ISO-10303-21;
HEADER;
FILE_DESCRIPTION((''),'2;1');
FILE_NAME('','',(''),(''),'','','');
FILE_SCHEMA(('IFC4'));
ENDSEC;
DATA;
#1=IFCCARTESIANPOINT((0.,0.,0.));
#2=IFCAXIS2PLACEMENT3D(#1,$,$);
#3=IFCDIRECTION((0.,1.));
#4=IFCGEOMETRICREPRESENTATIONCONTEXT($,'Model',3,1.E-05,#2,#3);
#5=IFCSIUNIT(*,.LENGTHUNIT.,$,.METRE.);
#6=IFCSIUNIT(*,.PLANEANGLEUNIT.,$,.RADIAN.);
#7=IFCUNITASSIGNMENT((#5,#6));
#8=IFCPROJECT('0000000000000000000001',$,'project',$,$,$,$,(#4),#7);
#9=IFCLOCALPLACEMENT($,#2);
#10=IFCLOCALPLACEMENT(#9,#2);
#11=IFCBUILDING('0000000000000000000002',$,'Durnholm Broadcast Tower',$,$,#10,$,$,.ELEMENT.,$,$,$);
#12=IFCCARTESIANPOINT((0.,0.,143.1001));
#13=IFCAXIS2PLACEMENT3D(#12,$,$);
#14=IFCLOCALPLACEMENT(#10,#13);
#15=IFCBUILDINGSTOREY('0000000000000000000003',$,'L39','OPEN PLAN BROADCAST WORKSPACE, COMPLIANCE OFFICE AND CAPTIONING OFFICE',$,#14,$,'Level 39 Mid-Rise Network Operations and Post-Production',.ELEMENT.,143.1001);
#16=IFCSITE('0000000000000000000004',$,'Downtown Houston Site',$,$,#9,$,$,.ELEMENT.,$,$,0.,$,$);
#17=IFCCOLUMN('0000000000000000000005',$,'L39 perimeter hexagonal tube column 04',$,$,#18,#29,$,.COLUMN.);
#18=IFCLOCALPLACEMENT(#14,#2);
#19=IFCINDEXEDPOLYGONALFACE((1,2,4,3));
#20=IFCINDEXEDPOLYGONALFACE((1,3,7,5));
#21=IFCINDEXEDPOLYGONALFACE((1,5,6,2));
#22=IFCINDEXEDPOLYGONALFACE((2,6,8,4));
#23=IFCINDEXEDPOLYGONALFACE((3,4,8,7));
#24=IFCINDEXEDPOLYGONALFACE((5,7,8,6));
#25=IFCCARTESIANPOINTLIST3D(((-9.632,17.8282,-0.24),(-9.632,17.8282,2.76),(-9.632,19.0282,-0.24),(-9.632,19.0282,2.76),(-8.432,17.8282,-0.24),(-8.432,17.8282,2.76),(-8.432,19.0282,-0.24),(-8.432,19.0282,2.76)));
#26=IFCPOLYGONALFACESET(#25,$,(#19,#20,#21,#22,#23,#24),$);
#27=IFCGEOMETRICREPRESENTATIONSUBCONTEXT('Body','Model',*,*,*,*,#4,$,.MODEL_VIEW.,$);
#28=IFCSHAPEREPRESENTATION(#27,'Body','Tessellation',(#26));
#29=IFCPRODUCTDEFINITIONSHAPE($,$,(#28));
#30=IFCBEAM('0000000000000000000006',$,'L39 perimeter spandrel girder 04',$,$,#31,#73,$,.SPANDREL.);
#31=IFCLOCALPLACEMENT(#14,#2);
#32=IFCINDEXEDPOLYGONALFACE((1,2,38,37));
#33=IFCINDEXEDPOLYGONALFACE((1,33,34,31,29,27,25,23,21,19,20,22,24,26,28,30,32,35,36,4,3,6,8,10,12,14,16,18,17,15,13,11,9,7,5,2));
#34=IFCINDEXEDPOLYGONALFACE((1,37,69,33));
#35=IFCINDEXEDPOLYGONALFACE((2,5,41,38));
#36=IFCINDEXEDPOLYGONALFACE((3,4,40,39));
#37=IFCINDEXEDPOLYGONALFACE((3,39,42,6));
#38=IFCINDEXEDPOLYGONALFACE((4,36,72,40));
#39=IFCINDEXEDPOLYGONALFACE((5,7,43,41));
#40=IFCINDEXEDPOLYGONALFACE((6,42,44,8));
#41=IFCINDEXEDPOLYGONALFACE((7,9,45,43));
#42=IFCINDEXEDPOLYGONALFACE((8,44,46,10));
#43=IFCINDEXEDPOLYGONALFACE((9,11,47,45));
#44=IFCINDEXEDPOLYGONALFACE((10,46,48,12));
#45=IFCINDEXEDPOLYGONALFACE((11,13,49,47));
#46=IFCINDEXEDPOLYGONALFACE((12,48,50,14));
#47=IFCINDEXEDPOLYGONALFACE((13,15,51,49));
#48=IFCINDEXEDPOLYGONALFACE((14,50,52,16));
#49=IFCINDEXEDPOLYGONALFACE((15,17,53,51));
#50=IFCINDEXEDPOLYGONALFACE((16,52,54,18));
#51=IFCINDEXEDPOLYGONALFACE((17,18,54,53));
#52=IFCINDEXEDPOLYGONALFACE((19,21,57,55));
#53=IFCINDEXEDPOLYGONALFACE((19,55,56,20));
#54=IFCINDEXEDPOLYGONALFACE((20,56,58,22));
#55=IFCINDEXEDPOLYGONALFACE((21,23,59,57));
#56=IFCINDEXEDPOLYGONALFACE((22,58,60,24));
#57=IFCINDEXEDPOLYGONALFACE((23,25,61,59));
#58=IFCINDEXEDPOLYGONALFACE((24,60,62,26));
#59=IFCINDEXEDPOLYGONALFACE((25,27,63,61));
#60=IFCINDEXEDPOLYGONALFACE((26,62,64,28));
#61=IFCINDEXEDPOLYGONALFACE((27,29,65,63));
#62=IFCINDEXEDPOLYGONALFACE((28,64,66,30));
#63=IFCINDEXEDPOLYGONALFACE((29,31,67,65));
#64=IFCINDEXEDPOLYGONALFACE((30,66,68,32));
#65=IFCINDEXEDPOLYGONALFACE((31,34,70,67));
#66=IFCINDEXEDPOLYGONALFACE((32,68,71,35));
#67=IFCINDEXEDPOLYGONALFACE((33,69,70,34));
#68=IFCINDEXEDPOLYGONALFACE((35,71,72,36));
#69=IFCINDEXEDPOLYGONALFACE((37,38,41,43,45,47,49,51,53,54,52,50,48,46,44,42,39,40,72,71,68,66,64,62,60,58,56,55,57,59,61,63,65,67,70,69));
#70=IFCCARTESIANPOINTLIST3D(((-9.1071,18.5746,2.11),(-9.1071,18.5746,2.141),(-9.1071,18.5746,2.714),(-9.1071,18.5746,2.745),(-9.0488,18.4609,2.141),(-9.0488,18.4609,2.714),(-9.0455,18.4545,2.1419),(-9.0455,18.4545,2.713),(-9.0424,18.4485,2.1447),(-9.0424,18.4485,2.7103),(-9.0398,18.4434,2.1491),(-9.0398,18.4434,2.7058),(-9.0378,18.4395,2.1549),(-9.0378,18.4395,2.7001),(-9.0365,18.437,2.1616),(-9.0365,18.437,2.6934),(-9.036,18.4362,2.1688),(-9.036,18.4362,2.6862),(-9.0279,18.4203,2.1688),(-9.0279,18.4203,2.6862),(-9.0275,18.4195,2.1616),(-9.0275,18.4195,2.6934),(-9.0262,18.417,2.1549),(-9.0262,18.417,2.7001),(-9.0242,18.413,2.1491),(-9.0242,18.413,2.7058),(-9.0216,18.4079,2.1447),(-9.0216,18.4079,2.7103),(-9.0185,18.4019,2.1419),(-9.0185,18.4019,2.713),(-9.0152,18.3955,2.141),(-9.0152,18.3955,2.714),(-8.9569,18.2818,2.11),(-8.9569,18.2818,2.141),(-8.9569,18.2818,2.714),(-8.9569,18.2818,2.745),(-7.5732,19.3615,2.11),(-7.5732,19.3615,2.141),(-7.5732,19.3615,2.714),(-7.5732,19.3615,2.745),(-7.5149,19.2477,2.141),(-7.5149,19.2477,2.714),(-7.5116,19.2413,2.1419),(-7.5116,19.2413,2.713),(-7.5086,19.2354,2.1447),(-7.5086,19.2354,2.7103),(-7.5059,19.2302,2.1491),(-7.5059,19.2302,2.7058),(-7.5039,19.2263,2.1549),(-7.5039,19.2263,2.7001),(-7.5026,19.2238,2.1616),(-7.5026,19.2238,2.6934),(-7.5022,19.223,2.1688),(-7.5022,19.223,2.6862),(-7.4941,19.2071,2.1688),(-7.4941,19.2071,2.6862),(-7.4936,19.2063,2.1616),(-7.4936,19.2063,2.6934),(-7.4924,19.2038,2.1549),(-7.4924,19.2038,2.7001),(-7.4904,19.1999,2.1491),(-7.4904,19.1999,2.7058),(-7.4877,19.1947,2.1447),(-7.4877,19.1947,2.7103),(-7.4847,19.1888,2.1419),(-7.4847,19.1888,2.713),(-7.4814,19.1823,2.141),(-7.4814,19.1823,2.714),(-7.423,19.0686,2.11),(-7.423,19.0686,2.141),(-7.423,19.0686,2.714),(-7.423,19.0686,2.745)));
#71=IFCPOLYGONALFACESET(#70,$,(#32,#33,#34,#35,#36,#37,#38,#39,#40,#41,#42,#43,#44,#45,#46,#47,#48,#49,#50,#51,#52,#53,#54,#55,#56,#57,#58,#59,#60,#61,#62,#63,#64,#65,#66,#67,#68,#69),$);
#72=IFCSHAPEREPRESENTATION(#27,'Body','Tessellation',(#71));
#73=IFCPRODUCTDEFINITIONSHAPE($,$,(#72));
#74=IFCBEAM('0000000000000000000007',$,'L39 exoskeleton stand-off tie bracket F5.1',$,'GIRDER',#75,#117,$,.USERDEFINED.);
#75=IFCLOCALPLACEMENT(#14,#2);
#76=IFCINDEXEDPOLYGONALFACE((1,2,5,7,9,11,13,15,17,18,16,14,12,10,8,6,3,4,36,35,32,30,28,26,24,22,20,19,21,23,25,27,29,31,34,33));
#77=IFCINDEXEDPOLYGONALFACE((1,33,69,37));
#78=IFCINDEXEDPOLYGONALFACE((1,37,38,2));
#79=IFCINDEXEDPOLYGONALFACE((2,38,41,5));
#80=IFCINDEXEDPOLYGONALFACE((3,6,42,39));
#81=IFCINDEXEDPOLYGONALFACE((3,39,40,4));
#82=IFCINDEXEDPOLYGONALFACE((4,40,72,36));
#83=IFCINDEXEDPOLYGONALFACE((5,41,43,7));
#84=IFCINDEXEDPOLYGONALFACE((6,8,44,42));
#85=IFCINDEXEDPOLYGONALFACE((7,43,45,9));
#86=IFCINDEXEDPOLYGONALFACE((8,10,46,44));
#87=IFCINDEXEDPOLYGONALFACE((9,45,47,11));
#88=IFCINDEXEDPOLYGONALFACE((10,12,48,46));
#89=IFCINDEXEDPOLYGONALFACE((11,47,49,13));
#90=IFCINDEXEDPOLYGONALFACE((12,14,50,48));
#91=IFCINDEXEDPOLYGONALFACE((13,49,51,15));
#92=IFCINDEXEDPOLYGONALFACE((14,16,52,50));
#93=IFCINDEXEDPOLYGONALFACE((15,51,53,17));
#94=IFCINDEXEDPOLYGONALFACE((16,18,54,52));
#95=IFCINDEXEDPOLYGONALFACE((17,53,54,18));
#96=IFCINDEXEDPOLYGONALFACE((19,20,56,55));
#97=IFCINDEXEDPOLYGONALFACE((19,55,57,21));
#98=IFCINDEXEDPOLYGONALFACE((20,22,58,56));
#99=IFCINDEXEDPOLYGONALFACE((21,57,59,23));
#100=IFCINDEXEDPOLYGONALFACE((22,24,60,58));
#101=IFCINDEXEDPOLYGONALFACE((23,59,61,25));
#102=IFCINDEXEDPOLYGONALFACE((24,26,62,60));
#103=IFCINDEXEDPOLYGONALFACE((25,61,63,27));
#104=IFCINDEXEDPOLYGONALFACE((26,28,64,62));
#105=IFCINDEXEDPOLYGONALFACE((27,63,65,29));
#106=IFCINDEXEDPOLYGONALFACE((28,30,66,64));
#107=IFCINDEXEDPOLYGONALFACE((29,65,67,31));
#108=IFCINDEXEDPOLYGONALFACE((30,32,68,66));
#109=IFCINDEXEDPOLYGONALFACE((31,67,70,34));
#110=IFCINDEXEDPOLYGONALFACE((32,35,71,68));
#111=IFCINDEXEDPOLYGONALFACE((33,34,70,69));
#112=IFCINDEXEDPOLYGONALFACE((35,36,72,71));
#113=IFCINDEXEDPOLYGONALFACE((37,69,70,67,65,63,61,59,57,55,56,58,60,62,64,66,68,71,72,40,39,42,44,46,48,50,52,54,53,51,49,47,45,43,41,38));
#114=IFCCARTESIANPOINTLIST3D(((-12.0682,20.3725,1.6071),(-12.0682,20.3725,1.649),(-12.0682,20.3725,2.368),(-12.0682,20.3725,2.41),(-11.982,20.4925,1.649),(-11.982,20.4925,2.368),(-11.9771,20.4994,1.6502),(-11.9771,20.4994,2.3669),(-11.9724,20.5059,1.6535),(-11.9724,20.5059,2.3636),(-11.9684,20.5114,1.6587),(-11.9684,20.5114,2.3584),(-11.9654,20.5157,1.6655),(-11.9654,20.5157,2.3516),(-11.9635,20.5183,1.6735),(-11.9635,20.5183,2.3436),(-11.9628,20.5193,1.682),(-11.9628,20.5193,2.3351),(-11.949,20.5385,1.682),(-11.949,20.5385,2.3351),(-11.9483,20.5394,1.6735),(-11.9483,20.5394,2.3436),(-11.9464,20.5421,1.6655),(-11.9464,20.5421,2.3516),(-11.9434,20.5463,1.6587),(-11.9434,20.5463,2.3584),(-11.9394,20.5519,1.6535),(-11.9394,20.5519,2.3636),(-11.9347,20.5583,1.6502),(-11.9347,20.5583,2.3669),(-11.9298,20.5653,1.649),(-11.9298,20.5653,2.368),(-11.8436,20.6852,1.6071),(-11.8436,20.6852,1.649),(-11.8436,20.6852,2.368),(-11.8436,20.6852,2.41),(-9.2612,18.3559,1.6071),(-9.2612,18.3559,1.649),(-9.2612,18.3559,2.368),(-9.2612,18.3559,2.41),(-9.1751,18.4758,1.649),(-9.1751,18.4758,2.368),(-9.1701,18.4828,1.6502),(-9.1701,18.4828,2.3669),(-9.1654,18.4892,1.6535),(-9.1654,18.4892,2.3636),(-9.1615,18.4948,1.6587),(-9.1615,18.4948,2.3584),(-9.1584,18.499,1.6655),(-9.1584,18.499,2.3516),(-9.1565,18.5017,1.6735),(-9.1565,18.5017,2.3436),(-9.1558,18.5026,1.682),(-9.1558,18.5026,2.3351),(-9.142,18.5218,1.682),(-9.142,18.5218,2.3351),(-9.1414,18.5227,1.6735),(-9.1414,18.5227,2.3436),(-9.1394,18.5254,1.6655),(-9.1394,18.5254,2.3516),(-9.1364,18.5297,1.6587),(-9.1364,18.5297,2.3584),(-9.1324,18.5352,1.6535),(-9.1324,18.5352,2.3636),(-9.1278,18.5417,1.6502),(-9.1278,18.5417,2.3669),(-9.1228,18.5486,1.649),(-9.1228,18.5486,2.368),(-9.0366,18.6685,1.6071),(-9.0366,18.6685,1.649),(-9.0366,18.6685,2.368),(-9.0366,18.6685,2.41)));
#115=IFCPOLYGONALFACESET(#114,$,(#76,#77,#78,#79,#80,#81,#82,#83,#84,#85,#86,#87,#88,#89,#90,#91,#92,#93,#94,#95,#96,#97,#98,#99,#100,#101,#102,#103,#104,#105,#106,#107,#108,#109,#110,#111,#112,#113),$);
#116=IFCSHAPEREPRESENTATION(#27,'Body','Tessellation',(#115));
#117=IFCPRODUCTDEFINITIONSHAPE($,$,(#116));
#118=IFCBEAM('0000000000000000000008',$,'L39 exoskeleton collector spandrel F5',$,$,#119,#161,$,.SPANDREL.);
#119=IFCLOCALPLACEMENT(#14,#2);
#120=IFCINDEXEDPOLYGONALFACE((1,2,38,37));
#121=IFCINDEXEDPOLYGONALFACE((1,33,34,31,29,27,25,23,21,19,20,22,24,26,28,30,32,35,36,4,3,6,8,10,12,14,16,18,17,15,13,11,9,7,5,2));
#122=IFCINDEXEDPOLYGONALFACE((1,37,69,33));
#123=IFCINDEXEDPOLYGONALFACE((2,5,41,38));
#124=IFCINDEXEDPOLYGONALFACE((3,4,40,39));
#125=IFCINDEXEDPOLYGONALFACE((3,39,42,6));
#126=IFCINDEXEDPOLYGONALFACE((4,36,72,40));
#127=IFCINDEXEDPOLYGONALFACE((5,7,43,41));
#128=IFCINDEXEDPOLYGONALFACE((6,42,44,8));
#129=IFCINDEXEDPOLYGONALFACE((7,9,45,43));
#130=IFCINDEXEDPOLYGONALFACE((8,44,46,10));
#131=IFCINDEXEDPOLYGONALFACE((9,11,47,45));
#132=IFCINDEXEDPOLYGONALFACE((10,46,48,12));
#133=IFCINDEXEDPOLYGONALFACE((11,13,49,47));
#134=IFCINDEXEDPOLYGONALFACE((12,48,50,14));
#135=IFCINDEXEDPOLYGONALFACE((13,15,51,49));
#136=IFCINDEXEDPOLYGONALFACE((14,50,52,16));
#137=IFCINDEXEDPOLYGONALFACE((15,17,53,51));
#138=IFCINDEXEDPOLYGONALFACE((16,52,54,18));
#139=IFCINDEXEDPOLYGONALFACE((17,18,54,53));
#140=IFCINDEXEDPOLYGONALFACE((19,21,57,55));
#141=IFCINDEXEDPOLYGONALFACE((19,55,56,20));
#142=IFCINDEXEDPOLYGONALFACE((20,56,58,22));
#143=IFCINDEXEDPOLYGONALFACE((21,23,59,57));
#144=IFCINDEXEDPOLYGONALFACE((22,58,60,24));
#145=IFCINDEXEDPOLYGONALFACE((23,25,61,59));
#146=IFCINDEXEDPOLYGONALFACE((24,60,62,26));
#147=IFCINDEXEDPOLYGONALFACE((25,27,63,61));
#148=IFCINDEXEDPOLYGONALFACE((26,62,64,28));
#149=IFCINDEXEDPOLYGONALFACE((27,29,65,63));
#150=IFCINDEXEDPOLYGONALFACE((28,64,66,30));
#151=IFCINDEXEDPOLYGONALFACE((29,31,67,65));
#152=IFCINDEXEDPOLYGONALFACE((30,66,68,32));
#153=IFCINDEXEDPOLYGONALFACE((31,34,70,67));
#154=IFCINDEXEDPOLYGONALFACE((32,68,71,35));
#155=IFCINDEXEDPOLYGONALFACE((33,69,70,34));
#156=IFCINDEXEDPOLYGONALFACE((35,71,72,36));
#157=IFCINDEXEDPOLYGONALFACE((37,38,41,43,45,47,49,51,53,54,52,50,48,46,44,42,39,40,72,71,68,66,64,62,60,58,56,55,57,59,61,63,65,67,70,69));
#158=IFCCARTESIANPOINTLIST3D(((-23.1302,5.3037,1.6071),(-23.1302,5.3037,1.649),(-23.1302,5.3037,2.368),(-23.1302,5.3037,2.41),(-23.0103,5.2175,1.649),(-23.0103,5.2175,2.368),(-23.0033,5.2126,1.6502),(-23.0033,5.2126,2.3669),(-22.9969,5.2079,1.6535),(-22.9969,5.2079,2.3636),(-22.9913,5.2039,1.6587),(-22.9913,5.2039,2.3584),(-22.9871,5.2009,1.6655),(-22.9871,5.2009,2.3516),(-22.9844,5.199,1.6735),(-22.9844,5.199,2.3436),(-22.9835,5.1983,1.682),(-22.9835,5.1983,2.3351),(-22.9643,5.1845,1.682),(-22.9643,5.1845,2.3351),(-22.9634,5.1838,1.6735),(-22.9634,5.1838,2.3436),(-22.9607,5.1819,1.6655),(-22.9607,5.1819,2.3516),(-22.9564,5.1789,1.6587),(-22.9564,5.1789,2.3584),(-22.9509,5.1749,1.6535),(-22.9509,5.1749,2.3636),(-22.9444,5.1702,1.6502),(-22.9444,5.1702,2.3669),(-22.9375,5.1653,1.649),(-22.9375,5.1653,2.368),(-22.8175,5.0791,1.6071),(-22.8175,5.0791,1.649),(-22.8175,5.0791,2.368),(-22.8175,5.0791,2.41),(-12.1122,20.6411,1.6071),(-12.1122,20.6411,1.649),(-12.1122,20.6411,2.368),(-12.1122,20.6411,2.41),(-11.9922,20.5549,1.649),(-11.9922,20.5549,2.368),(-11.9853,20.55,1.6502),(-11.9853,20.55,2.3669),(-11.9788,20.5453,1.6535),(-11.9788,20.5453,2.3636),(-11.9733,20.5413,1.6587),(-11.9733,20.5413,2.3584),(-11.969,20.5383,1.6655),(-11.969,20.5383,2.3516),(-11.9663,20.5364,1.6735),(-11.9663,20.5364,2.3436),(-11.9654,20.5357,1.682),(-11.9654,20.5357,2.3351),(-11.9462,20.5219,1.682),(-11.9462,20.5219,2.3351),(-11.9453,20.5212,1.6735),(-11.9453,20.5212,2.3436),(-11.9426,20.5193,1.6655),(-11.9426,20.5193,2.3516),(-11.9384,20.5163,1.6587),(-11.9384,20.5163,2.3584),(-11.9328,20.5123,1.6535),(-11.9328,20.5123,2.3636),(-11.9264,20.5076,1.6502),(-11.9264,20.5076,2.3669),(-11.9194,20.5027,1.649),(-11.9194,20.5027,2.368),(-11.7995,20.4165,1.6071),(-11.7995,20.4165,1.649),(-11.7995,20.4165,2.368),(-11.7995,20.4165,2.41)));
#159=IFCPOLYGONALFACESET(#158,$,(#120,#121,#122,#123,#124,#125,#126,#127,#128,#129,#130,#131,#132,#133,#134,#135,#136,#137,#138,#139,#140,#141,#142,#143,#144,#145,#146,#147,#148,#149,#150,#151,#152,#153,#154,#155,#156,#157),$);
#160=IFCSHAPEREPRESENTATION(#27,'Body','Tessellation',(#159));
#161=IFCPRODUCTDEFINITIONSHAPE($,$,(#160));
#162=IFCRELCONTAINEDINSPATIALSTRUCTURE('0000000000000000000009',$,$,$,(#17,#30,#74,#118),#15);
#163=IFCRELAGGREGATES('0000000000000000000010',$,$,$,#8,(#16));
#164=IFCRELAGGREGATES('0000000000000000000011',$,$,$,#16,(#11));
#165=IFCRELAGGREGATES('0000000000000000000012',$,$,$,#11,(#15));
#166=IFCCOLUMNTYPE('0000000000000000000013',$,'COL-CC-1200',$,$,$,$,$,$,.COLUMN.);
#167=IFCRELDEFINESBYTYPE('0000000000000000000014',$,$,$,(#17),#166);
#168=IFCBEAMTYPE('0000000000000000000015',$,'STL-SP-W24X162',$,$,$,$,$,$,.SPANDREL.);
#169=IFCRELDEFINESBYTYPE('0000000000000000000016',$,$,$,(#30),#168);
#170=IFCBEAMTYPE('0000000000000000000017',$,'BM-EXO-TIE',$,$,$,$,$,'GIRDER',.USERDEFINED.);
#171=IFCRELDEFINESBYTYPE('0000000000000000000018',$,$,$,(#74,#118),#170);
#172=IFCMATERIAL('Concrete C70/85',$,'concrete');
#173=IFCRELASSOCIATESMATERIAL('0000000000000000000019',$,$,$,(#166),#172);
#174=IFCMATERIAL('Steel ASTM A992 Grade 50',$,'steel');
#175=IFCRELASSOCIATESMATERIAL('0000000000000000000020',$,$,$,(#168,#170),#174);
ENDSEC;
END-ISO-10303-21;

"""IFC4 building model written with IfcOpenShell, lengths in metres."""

from ifc_helpers import new_model, si_unit, direction, frame, origin, origin_2d, place, context, subcontext, project, spatial, rectangle, i_section, extrude, source, transform, mapped, material, material_profile, profile_set, type_object, type_shapes, element, save


model = new_model("IFC4")

# Units and contexts
model_context = context("Model", 3, precision=1e-05, world=origin(), true_north=direction((0.0, 1.0)))
body_context = subcontext(model_context, "Body", "Model", "MODEL_VIEW")
ifc_project = project(units=[si_unit("LENGTHUNIT", "METRE"), si_unit("PLANEANGLEUNIT", "RADIAN")], contexts=[model_context])

# Site, building, storey
site_placement = place(None, origin())
site = spatial("IfcSite", under=ifc_project, at=site_placement, Name="Downtown Houston Site", CompositionType="ELEMENT", RefElevation=0.0)
building_placement = place(site_placement, origin())
building = spatial("IfcBuilding", under=site, at=building_placement, Name="Durnholm Broadcast Tower", CompositionType="ELEMENT")
storey_placement = place(building_placement, frame((0.0, 0.0, 143.1001)))
storey = spatial("IfcBuildingStorey", under=building, at=storey_placement, Name="L39", Description="OPEN PLAN BROADCAST WORKSPACE, COMPLIANCE OFFICE AND CAPTIONING OFFICE", LongName="Level 39 Mid-Rise Network Operations and Post-Production", CompositionType="ELEMENT", Elevation=143.1001)

# Column
ifc_material_1 = material(Name="Concrete C70/85", Category="concrete")
ifc_material_profile_1 = material_profile(ifc_material_1, rectangle(XDim=1.2, YDim=1.2, at=origin_2d()), Name="RC1200X1200")
ifc_profile_set_1 = profile_set([ifc_material_profile_1], Name="Concrete C70/85")
column_type = type_object("IfcColumnType", Name="COL-CC-1200", PredefinedType="COLUMN", material=ifc_profile_set_1)
shared_shape_1 = source(origin(), body_context, "Body", "SweptSolid", [
    extrude(rectangle(XDim=1.2, YDim=1.2, at=origin_2d()), origin(), (0.0, 0.0, 1.0), 3.0),
])
type_shapes(column_type, [shared_shape_1])
column_placement = place(storey_placement, frame((-9.032, 18.4282, -0.24), z_axis=(0.0, 0.0, 1.0), x_axis=(1.0, 0.0, 0.0)))
element("IfcColumn", 1, at=column_placement, inside=storey, type_object=column_type, Name="L39 perimeter hexagonal tube column 04", PredefinedType="COLUMN", context=body_context, shape_type="MappedRepresentation", body=[
    mapped(shared_shape_1, transform((0.0, 0.0, 0.0), x_axis=(1.0, 0.0, 0.0), y_axis=(0.0, 1.0, 0.0), z_axis=(0.0, 0.0, 1.0), scale=1.0)),
])

# Beams
ifc_material_2 = material(Name="Steel ASTM A992 Grade 50", Category="steel")
ifc_material_profile_2 = material_profile(ifc_material_2, i_section(OverallWidth=0.3291, OverallDepth=0.635, WebThickness=0.0178, FlangeThickness=0.031, FilletRadius=0.0278, at=origin_2d()), Name="W24X162")
ifc_profile_set_2 = profile_set([ifc_material_profile_2], Name="Steel ASTM A992 Grade 50")
beam_type_1 = type_object("IfcBeamType", Name="STL-SP-W24X162", PredefinedType="SPANDREL", material=ifc_profile_set_2)
shared_shape_2 = source(origin(), body_context, "Body", "SweptSolid", [
    extrude(i_section(OverallWidth=0.3291, OverallDepth=0.635, WebThickness=0.0178, FlangeThickness=0.031, FilletRadius=0.0278, at=origin_2d()), origin(), (0.0, 0.0, 1.0), 1.7239),
])
type_shapes(beam_type_1, [shared_shape_2])
beam_1_placement = place(storey_placement, frame((-9.032, 18.4282, 2.4275), z_axis=(0.889763, 0.456423, 0.0), x_axis=(-0.456423, 0.889763, 0.0)))
element("IfcBeam", 2, at=beam_1_placement, inside=storey, type_object=beam_type_1, Name="L39 perimeter spandrel girder 04", PredefinedType="SPANDREL", context=body_context, shape_type="MappedRepresentation", body=[
    mapped(shared_shape_2, transform((0.0, 0.0, 0.0), x_axis=(1.0, 0.0, 0.0), y_axis=(0.0, 1.0, 0.0), z_axis=(0.0, 0.0, 1.0), scale=1.0)),
])
ifc_material_profile_3 = material_profile(ifc_material_2, i_section(OverallWidth=0.385, OverallDepth=0.803, WebThickness=0.0237, FlangeThickness=0.042, FilletRadius=0.033, at=origin_2d()), Name="W30X261")
ifc_profile_set_3 = profile_set([ifc_material_profile_3], Name="Steel ASTM A992 Grade 50")
beam_type_2 = type_object("IfcBeamType", Name="BM-EXO-TIE", ElementType="GIRDER", PredefinedType="USERDEFINED", material=ifc_profile_set_3)
shared_shape_3 = source(origin(), body_context, "Body", "SweptSolid", [
    extrude(i_section(OverallWidth=0.385, OverallDepth=0.803, WebThickness=0.0237, FlangeThickness=0.042, FilletRadius=0.033, at=origin_2d()), origin(), (0.0, 0.0, 1.0), 3.4563),
])
beam_2_placement = place(storey_placement, frame((-9.1489, 18.5122, 2.0085), z_axis=(-0.812131, 0.583474, 0.0), x_axis=(-0.583474, -0.812131, 0.0)))
element("IfcBeam", 3, at=beam_2_placement, inside=storey, type_object=beam_type_2, Name="L39 exoskeleton stand-off tie bracket F5.1", ObjectType="GIRDER", PredefinedType="USERDEFINED", context=body_context, shape_type="MappedRepresentation", body=[
    mapped(shared_shape_3, transform((0.0, 0.0, 0.0), x_axis=(1.0, 0.0, 0.0), y_axis=(0.0, 1.0, 0.0), z_axis=(0.0, 0.0, 1.0), scale=1.0)),
])
shared_shape_4 = source(origin(), body_context, "Body", "SweptSolid", [
    extrude(i_section(OverallWidth=0.385, OverallDepth=0.803, WebThickness=0.0237, FlangeThickness=0.042, FilletRadius=0.033, at=origin_2d()), origin(), (0.0, 0.0, 1.0), 18.8848),
])
type_shapes(beam_type_2, [shared_shape_3, shared_shape_4])
beam_3_placement = place(storey_placement, frame((-11.9558, 20.5288, 2.0085), z_axis=(-0.583437, -0.812158, 0.0), x_axis=(0.812158, -0.583437, 0.0)))
element("IfcBeam", 4, at=beam_3_placement, inside=storey, type_object=beam_type_2, Name="L39 exoskeleton collector spandrel F5", PredefinedType="SPANDREL", context=body_context, shape_type="MappedRepresentation", body=[
    mapped(shared_shape_4, transform((0.0, 0.0, 0.0), x_axis=(1.0, 0.0, 0.0), y_axis=(0.0, 1.0, 0.0), z_axis=(0.0, 0.0, 1.0), scale=1.0)),
])

save(model, "model.ifc")
